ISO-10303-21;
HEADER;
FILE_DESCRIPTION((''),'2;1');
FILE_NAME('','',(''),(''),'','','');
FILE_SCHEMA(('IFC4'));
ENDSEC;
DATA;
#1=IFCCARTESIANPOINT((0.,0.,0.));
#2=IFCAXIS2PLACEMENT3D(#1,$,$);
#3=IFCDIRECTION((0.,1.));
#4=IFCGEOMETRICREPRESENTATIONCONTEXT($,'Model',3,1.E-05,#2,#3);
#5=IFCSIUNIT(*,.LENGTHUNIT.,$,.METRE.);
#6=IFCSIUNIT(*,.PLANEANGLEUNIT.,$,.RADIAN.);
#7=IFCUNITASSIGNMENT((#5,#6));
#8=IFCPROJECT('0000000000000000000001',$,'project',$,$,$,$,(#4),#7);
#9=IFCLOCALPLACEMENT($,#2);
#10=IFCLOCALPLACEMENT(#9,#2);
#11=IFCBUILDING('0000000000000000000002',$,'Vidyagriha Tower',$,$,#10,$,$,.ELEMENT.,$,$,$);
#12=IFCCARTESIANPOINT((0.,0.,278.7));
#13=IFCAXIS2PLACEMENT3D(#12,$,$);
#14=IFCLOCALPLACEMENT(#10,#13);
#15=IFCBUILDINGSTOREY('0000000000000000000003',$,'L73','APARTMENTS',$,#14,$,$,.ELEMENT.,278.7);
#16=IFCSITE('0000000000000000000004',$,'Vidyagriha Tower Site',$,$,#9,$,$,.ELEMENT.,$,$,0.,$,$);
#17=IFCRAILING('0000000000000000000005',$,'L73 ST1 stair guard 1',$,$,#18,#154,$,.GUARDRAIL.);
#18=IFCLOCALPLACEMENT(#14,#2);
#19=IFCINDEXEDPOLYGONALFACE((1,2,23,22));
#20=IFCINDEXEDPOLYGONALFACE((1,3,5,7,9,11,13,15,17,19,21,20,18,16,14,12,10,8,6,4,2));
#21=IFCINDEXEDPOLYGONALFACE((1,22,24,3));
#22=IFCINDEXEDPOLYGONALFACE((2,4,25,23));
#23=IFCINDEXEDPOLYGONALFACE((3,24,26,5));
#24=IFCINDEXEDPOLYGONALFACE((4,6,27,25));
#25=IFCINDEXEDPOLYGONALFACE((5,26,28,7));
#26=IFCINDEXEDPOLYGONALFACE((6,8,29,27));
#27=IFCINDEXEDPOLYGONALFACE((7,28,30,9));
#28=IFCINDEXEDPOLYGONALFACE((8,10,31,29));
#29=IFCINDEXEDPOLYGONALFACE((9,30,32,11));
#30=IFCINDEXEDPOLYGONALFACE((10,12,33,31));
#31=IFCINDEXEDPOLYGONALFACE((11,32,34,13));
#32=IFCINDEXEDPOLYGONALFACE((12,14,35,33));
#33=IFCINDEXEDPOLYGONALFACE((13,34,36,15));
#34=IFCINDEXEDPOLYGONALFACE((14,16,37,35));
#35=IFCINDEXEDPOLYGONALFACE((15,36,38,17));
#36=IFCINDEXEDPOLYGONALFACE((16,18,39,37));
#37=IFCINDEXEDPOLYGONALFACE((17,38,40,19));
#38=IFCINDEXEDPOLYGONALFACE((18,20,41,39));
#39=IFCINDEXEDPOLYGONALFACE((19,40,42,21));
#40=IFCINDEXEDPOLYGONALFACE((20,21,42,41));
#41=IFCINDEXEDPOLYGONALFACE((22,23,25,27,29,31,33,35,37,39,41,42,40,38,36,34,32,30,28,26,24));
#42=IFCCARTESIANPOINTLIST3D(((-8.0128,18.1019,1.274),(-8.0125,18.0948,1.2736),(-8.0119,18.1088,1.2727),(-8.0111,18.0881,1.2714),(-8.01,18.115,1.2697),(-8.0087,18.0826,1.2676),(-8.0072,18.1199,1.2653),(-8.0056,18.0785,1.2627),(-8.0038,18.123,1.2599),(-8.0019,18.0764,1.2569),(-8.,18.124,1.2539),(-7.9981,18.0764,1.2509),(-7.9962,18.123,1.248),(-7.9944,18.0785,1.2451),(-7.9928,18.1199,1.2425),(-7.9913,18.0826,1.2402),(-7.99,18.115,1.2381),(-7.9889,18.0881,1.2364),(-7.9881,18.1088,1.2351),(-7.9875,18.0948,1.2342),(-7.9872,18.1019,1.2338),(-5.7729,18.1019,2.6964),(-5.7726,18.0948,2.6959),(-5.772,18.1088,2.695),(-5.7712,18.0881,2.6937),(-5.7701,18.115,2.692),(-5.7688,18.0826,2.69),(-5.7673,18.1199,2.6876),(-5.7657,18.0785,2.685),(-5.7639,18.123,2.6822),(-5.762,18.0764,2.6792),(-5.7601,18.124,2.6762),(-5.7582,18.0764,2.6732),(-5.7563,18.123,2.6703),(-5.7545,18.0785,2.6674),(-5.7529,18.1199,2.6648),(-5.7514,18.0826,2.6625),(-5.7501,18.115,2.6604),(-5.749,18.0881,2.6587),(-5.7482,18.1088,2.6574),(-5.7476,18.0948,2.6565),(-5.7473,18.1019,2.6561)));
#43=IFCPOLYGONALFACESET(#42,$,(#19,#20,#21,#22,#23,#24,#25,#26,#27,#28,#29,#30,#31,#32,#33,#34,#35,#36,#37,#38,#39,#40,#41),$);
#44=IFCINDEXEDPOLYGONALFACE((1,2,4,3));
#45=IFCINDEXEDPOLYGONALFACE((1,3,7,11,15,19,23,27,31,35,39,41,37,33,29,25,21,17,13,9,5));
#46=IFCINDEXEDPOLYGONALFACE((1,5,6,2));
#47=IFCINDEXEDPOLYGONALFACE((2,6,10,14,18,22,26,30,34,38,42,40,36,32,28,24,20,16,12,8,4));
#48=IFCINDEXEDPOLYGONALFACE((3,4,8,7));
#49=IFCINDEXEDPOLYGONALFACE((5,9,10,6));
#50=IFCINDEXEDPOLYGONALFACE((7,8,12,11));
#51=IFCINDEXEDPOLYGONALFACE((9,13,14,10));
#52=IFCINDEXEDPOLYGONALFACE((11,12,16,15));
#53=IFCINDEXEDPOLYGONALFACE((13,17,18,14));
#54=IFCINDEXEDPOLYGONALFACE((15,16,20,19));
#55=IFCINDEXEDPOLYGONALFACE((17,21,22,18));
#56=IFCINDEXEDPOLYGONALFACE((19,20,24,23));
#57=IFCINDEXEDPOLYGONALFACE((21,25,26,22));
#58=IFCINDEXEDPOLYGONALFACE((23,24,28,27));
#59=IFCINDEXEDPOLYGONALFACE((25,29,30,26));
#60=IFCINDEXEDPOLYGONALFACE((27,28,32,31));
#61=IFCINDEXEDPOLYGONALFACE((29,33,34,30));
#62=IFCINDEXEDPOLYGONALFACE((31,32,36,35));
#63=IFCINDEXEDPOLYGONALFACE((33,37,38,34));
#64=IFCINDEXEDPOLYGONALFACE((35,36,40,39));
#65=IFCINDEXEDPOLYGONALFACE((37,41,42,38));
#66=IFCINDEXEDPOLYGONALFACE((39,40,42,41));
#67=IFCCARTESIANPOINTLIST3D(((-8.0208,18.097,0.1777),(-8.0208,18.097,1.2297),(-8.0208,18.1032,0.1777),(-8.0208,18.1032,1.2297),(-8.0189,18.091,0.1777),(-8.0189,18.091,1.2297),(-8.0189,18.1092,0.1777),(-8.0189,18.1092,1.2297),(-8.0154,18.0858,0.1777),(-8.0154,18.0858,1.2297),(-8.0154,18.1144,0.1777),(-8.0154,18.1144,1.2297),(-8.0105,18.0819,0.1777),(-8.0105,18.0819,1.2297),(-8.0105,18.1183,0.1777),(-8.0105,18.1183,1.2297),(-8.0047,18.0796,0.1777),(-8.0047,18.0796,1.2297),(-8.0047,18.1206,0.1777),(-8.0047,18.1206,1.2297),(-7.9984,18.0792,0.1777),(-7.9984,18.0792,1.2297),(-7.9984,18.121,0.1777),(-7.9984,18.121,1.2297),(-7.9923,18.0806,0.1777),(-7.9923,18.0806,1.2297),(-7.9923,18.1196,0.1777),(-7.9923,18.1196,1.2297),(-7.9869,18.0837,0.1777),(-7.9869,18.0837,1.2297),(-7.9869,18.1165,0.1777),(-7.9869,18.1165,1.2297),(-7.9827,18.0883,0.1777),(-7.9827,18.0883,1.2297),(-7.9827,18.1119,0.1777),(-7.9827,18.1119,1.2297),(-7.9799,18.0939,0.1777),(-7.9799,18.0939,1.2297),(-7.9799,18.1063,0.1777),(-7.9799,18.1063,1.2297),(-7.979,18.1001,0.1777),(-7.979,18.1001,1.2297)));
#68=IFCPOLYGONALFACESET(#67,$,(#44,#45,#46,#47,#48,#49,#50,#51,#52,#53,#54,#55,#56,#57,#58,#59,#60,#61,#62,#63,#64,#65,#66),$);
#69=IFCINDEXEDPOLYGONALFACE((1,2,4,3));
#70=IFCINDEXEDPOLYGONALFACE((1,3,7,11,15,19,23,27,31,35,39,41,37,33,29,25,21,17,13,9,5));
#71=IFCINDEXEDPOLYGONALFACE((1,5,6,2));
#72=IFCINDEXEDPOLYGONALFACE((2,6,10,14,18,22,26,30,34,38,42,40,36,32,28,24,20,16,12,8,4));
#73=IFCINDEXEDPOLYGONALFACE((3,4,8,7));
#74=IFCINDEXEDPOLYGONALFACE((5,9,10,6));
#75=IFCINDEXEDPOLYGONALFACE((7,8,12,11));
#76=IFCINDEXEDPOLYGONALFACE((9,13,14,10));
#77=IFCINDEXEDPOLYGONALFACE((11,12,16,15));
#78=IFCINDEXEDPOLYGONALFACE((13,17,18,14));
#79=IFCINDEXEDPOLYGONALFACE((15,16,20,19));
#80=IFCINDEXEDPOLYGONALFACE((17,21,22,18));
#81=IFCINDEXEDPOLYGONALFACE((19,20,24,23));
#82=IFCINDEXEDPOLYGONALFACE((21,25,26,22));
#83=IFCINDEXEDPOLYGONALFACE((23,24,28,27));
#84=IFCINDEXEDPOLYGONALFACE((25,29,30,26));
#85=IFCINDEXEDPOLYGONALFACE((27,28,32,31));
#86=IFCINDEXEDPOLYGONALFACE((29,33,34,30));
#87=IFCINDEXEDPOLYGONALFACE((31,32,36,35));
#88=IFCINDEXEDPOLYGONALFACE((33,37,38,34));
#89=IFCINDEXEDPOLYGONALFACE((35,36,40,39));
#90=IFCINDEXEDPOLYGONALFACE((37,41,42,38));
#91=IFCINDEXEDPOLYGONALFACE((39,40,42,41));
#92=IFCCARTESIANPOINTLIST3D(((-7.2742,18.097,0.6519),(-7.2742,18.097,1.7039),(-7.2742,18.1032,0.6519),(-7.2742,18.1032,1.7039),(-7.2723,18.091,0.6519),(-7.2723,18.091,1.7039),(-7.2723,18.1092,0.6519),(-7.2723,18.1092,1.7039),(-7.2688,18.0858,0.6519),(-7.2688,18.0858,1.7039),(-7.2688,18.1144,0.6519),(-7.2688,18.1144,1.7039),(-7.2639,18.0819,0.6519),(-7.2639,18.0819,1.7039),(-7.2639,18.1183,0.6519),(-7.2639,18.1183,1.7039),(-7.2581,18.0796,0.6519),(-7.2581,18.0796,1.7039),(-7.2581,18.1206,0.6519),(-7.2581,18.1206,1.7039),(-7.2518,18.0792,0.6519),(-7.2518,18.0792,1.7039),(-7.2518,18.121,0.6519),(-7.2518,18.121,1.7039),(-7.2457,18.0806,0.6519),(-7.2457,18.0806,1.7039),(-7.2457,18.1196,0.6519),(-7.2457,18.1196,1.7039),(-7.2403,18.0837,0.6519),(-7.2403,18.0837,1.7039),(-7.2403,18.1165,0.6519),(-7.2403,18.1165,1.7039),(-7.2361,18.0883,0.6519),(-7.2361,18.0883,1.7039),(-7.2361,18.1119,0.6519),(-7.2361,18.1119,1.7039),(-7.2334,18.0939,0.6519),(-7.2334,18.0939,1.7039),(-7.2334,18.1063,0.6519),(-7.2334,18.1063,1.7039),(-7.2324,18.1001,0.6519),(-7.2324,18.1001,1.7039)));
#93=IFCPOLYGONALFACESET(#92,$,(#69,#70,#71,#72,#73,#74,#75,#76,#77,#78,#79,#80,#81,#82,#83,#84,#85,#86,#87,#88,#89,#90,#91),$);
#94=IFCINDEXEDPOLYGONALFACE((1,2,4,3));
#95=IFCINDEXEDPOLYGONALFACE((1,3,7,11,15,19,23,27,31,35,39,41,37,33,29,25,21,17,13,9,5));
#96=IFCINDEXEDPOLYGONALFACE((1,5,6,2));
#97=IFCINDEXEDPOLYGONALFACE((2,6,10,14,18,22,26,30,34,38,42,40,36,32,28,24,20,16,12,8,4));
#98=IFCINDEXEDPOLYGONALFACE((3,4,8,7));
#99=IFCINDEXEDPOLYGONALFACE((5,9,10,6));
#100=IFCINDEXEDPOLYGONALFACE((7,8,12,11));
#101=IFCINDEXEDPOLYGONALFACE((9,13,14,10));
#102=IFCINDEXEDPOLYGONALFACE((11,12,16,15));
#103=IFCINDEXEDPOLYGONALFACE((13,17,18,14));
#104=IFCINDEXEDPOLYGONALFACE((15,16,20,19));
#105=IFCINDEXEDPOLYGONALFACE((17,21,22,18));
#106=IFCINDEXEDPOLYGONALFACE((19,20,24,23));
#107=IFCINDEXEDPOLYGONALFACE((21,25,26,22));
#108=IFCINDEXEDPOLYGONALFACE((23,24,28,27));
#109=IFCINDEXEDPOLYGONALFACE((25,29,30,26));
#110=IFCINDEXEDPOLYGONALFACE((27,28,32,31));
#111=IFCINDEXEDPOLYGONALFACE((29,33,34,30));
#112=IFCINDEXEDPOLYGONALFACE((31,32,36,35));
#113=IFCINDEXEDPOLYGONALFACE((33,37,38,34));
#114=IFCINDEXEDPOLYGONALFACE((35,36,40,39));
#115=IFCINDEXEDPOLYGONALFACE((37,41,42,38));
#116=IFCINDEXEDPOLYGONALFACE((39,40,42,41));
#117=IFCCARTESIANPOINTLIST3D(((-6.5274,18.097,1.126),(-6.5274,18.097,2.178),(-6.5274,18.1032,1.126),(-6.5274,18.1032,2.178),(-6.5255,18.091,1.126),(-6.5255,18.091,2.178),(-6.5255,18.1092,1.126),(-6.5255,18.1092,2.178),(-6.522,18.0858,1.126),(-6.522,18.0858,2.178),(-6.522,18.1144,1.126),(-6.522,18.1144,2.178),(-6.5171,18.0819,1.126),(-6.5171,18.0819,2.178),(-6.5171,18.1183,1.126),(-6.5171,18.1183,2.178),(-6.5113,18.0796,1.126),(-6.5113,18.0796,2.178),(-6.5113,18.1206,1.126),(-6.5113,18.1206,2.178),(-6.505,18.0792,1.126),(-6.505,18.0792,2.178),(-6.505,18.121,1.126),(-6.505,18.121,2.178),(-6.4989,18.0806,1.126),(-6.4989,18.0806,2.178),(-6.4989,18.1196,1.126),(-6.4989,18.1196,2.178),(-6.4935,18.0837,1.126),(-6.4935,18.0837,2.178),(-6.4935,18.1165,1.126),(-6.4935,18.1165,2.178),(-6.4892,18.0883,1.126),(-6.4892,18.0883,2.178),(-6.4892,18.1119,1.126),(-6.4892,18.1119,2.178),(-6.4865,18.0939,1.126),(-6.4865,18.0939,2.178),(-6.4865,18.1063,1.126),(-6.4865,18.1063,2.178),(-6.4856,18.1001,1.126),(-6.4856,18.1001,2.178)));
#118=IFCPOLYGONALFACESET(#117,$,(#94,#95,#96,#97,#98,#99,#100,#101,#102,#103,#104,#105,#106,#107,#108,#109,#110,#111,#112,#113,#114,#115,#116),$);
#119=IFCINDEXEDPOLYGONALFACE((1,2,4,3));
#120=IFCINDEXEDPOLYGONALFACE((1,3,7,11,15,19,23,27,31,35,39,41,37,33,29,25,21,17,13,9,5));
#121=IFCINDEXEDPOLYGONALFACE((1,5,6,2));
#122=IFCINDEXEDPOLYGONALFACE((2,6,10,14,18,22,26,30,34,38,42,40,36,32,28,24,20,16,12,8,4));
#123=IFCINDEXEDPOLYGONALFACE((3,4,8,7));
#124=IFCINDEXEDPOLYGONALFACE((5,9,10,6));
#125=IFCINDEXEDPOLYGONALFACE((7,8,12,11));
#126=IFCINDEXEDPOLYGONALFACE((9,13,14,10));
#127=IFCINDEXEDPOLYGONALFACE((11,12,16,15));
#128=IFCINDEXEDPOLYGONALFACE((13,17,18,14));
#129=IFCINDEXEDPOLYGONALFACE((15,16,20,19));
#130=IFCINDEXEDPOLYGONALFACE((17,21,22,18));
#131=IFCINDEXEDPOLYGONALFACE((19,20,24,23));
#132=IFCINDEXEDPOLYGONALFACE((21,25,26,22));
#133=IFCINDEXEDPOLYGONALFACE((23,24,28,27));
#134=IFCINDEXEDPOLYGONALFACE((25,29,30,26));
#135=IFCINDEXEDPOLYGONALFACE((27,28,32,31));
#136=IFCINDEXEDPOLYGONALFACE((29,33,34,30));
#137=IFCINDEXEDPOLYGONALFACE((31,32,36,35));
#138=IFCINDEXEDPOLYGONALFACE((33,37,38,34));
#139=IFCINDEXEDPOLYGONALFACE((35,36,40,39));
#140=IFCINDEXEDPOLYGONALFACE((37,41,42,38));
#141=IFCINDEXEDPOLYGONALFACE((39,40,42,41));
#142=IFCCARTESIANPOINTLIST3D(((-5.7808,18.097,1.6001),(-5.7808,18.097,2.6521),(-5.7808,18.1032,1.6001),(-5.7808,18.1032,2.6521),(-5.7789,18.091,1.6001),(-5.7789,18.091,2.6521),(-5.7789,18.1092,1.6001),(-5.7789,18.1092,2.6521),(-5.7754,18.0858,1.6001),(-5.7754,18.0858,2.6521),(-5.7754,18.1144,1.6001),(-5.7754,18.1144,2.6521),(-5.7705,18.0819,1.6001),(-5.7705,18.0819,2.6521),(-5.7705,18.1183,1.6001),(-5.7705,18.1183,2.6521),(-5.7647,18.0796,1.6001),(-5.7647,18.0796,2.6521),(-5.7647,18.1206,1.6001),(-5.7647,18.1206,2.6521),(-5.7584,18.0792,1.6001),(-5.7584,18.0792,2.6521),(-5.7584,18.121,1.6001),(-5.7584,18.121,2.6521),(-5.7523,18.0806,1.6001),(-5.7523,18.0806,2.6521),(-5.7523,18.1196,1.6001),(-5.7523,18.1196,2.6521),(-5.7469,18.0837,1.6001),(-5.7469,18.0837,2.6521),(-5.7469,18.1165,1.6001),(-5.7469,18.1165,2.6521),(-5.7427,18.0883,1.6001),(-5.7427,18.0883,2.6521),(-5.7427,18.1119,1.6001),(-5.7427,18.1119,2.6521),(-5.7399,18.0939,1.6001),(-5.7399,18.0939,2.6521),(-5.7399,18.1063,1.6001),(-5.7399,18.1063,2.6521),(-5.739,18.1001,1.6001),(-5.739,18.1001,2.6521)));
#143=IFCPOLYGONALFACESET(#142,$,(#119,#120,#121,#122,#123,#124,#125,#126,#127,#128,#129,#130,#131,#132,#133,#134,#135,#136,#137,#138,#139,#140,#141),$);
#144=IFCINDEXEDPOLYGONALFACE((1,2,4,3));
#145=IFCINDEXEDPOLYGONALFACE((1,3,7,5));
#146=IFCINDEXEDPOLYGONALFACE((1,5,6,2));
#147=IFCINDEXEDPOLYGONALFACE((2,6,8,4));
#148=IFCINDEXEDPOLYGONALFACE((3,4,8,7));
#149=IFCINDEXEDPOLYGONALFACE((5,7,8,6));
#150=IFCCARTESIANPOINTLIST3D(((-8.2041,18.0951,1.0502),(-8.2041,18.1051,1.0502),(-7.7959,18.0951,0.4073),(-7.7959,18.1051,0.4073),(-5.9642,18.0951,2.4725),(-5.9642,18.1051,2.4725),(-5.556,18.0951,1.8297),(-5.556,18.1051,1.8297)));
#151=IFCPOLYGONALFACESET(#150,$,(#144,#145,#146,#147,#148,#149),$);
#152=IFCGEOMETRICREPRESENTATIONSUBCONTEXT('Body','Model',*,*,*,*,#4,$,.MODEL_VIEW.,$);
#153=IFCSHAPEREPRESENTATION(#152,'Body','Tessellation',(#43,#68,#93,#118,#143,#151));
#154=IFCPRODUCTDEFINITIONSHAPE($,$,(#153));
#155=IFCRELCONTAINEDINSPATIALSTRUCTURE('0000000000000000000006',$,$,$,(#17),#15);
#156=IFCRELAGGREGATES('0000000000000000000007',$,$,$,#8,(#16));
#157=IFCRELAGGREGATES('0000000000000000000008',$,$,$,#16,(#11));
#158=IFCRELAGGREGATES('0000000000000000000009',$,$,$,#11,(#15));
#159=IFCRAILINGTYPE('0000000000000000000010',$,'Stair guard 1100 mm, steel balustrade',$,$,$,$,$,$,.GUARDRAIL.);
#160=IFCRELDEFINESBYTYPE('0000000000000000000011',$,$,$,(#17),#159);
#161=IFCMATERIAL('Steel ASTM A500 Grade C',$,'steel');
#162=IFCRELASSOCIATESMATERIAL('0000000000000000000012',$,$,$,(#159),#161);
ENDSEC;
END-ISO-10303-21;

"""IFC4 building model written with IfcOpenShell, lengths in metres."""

from ifc_helpers import new_model, si_unit, direction, frame, origin, origin_2d, place, context, subcontext, project, spatial, rectangle, circle, extrude, material, type_object, element, save


model = new_model("IFC4")

# Units and contexts
model_context = context("Model", 3, precision=1e-05, world=origin(), true_north=direction((0.0, 1.0)))
body_context = subcontext(model_context, "Body", "Model", "MODEL_VIEW")
ifc_project = project(units=[si_unit("LENGTHUNIT", "METRE"), si_unit("PLANEANGLEUNIT", "RADIAN")], contexts=[model_context])

# Site, building, storey
site_placement = place(None, origin())
site = spatial("IfcSite", under=ifc_project, at=site_placement, Name="Vidyagriha Tower Site", CompositionType="ELEMENT", RefElevation=0.0)
building_placement = place(site_placement, origin())
building = spatial("IfcBuilding", under=site, at=building_placement, Name="Vidyagriha Tower", CompositionType="ELEMENT")
storey_placement = place(building_placement, frame((0.0, 0.0, 278.7)))
storey = spatial("IfcBuildingStorey", under=building, at=storey_placement, Name="L73", Description="APARTMENTS", CompositionType="ELEMENT", Elevation=278.7)

# Railing
ifc_material_1 = material(Name="Steel ASTM A500 Grade C", Category="steel")
railing_type_1 = type_object("IfcRailingType", Name="Stair guard 1100 mm, steel balustrade", PredefinedType="GUARDRAIL", material=ifc_material_1)
railing_1_placement = place(storey_placement, frame((-8.0, 18.1001, 0.1777)))
element("IfcRailing", 1, at=railing_1_placement, inside=storey, type_object=railing_type_1, Name="L73 ST1 stair guard 1", PredefinedType="GUARDRAIL", context=body_context, shape_type="SweptSolid", body=[
    extrude(circle(Radius=0.0239, at=origin_2d()), frame((0.0, 0.0, 1.0762), z_axis=(0.844188, 0.0, 0.536048), x_axis=(0.0, 1.0, 0.0)), (0.0, 0.0, 1.0), 2.6533),
    extrude(circle(Radius=0.021, at=origin_2d()), origin(), (0.0, 0.0, 1.0), 1.052),
    extrude(circle(Radius=0.021, at=origin_2d()), frame((0.7466, 0.0, 0.4741)), (0.0, 0.0, 1.0), 1.052),
    extrude(circle(Radius=0.021, at=origin_2d()), frame((1.4934, 0.0, 0.9482)), (0.0, 0.0, 1.0), 1.052),
    extrude(circle(Radius=0.021, at=origin_2d()), frame((2.24, 0.0, 1.4224)), (0.0, 0.0, 1.0), 1.052),
    extrude(rectangle(XDim=0.01, YDim=0.7615, at=origin_2d()), frame((0.0, 0.0, 0.551), z_axis=(0.844188, 0.0, 0.536048), x_axis=(0.0, 1.0, 0.0)), (0.0, 0.0, 1.0), 2.6533),
])

save(model, "model.ifc")
